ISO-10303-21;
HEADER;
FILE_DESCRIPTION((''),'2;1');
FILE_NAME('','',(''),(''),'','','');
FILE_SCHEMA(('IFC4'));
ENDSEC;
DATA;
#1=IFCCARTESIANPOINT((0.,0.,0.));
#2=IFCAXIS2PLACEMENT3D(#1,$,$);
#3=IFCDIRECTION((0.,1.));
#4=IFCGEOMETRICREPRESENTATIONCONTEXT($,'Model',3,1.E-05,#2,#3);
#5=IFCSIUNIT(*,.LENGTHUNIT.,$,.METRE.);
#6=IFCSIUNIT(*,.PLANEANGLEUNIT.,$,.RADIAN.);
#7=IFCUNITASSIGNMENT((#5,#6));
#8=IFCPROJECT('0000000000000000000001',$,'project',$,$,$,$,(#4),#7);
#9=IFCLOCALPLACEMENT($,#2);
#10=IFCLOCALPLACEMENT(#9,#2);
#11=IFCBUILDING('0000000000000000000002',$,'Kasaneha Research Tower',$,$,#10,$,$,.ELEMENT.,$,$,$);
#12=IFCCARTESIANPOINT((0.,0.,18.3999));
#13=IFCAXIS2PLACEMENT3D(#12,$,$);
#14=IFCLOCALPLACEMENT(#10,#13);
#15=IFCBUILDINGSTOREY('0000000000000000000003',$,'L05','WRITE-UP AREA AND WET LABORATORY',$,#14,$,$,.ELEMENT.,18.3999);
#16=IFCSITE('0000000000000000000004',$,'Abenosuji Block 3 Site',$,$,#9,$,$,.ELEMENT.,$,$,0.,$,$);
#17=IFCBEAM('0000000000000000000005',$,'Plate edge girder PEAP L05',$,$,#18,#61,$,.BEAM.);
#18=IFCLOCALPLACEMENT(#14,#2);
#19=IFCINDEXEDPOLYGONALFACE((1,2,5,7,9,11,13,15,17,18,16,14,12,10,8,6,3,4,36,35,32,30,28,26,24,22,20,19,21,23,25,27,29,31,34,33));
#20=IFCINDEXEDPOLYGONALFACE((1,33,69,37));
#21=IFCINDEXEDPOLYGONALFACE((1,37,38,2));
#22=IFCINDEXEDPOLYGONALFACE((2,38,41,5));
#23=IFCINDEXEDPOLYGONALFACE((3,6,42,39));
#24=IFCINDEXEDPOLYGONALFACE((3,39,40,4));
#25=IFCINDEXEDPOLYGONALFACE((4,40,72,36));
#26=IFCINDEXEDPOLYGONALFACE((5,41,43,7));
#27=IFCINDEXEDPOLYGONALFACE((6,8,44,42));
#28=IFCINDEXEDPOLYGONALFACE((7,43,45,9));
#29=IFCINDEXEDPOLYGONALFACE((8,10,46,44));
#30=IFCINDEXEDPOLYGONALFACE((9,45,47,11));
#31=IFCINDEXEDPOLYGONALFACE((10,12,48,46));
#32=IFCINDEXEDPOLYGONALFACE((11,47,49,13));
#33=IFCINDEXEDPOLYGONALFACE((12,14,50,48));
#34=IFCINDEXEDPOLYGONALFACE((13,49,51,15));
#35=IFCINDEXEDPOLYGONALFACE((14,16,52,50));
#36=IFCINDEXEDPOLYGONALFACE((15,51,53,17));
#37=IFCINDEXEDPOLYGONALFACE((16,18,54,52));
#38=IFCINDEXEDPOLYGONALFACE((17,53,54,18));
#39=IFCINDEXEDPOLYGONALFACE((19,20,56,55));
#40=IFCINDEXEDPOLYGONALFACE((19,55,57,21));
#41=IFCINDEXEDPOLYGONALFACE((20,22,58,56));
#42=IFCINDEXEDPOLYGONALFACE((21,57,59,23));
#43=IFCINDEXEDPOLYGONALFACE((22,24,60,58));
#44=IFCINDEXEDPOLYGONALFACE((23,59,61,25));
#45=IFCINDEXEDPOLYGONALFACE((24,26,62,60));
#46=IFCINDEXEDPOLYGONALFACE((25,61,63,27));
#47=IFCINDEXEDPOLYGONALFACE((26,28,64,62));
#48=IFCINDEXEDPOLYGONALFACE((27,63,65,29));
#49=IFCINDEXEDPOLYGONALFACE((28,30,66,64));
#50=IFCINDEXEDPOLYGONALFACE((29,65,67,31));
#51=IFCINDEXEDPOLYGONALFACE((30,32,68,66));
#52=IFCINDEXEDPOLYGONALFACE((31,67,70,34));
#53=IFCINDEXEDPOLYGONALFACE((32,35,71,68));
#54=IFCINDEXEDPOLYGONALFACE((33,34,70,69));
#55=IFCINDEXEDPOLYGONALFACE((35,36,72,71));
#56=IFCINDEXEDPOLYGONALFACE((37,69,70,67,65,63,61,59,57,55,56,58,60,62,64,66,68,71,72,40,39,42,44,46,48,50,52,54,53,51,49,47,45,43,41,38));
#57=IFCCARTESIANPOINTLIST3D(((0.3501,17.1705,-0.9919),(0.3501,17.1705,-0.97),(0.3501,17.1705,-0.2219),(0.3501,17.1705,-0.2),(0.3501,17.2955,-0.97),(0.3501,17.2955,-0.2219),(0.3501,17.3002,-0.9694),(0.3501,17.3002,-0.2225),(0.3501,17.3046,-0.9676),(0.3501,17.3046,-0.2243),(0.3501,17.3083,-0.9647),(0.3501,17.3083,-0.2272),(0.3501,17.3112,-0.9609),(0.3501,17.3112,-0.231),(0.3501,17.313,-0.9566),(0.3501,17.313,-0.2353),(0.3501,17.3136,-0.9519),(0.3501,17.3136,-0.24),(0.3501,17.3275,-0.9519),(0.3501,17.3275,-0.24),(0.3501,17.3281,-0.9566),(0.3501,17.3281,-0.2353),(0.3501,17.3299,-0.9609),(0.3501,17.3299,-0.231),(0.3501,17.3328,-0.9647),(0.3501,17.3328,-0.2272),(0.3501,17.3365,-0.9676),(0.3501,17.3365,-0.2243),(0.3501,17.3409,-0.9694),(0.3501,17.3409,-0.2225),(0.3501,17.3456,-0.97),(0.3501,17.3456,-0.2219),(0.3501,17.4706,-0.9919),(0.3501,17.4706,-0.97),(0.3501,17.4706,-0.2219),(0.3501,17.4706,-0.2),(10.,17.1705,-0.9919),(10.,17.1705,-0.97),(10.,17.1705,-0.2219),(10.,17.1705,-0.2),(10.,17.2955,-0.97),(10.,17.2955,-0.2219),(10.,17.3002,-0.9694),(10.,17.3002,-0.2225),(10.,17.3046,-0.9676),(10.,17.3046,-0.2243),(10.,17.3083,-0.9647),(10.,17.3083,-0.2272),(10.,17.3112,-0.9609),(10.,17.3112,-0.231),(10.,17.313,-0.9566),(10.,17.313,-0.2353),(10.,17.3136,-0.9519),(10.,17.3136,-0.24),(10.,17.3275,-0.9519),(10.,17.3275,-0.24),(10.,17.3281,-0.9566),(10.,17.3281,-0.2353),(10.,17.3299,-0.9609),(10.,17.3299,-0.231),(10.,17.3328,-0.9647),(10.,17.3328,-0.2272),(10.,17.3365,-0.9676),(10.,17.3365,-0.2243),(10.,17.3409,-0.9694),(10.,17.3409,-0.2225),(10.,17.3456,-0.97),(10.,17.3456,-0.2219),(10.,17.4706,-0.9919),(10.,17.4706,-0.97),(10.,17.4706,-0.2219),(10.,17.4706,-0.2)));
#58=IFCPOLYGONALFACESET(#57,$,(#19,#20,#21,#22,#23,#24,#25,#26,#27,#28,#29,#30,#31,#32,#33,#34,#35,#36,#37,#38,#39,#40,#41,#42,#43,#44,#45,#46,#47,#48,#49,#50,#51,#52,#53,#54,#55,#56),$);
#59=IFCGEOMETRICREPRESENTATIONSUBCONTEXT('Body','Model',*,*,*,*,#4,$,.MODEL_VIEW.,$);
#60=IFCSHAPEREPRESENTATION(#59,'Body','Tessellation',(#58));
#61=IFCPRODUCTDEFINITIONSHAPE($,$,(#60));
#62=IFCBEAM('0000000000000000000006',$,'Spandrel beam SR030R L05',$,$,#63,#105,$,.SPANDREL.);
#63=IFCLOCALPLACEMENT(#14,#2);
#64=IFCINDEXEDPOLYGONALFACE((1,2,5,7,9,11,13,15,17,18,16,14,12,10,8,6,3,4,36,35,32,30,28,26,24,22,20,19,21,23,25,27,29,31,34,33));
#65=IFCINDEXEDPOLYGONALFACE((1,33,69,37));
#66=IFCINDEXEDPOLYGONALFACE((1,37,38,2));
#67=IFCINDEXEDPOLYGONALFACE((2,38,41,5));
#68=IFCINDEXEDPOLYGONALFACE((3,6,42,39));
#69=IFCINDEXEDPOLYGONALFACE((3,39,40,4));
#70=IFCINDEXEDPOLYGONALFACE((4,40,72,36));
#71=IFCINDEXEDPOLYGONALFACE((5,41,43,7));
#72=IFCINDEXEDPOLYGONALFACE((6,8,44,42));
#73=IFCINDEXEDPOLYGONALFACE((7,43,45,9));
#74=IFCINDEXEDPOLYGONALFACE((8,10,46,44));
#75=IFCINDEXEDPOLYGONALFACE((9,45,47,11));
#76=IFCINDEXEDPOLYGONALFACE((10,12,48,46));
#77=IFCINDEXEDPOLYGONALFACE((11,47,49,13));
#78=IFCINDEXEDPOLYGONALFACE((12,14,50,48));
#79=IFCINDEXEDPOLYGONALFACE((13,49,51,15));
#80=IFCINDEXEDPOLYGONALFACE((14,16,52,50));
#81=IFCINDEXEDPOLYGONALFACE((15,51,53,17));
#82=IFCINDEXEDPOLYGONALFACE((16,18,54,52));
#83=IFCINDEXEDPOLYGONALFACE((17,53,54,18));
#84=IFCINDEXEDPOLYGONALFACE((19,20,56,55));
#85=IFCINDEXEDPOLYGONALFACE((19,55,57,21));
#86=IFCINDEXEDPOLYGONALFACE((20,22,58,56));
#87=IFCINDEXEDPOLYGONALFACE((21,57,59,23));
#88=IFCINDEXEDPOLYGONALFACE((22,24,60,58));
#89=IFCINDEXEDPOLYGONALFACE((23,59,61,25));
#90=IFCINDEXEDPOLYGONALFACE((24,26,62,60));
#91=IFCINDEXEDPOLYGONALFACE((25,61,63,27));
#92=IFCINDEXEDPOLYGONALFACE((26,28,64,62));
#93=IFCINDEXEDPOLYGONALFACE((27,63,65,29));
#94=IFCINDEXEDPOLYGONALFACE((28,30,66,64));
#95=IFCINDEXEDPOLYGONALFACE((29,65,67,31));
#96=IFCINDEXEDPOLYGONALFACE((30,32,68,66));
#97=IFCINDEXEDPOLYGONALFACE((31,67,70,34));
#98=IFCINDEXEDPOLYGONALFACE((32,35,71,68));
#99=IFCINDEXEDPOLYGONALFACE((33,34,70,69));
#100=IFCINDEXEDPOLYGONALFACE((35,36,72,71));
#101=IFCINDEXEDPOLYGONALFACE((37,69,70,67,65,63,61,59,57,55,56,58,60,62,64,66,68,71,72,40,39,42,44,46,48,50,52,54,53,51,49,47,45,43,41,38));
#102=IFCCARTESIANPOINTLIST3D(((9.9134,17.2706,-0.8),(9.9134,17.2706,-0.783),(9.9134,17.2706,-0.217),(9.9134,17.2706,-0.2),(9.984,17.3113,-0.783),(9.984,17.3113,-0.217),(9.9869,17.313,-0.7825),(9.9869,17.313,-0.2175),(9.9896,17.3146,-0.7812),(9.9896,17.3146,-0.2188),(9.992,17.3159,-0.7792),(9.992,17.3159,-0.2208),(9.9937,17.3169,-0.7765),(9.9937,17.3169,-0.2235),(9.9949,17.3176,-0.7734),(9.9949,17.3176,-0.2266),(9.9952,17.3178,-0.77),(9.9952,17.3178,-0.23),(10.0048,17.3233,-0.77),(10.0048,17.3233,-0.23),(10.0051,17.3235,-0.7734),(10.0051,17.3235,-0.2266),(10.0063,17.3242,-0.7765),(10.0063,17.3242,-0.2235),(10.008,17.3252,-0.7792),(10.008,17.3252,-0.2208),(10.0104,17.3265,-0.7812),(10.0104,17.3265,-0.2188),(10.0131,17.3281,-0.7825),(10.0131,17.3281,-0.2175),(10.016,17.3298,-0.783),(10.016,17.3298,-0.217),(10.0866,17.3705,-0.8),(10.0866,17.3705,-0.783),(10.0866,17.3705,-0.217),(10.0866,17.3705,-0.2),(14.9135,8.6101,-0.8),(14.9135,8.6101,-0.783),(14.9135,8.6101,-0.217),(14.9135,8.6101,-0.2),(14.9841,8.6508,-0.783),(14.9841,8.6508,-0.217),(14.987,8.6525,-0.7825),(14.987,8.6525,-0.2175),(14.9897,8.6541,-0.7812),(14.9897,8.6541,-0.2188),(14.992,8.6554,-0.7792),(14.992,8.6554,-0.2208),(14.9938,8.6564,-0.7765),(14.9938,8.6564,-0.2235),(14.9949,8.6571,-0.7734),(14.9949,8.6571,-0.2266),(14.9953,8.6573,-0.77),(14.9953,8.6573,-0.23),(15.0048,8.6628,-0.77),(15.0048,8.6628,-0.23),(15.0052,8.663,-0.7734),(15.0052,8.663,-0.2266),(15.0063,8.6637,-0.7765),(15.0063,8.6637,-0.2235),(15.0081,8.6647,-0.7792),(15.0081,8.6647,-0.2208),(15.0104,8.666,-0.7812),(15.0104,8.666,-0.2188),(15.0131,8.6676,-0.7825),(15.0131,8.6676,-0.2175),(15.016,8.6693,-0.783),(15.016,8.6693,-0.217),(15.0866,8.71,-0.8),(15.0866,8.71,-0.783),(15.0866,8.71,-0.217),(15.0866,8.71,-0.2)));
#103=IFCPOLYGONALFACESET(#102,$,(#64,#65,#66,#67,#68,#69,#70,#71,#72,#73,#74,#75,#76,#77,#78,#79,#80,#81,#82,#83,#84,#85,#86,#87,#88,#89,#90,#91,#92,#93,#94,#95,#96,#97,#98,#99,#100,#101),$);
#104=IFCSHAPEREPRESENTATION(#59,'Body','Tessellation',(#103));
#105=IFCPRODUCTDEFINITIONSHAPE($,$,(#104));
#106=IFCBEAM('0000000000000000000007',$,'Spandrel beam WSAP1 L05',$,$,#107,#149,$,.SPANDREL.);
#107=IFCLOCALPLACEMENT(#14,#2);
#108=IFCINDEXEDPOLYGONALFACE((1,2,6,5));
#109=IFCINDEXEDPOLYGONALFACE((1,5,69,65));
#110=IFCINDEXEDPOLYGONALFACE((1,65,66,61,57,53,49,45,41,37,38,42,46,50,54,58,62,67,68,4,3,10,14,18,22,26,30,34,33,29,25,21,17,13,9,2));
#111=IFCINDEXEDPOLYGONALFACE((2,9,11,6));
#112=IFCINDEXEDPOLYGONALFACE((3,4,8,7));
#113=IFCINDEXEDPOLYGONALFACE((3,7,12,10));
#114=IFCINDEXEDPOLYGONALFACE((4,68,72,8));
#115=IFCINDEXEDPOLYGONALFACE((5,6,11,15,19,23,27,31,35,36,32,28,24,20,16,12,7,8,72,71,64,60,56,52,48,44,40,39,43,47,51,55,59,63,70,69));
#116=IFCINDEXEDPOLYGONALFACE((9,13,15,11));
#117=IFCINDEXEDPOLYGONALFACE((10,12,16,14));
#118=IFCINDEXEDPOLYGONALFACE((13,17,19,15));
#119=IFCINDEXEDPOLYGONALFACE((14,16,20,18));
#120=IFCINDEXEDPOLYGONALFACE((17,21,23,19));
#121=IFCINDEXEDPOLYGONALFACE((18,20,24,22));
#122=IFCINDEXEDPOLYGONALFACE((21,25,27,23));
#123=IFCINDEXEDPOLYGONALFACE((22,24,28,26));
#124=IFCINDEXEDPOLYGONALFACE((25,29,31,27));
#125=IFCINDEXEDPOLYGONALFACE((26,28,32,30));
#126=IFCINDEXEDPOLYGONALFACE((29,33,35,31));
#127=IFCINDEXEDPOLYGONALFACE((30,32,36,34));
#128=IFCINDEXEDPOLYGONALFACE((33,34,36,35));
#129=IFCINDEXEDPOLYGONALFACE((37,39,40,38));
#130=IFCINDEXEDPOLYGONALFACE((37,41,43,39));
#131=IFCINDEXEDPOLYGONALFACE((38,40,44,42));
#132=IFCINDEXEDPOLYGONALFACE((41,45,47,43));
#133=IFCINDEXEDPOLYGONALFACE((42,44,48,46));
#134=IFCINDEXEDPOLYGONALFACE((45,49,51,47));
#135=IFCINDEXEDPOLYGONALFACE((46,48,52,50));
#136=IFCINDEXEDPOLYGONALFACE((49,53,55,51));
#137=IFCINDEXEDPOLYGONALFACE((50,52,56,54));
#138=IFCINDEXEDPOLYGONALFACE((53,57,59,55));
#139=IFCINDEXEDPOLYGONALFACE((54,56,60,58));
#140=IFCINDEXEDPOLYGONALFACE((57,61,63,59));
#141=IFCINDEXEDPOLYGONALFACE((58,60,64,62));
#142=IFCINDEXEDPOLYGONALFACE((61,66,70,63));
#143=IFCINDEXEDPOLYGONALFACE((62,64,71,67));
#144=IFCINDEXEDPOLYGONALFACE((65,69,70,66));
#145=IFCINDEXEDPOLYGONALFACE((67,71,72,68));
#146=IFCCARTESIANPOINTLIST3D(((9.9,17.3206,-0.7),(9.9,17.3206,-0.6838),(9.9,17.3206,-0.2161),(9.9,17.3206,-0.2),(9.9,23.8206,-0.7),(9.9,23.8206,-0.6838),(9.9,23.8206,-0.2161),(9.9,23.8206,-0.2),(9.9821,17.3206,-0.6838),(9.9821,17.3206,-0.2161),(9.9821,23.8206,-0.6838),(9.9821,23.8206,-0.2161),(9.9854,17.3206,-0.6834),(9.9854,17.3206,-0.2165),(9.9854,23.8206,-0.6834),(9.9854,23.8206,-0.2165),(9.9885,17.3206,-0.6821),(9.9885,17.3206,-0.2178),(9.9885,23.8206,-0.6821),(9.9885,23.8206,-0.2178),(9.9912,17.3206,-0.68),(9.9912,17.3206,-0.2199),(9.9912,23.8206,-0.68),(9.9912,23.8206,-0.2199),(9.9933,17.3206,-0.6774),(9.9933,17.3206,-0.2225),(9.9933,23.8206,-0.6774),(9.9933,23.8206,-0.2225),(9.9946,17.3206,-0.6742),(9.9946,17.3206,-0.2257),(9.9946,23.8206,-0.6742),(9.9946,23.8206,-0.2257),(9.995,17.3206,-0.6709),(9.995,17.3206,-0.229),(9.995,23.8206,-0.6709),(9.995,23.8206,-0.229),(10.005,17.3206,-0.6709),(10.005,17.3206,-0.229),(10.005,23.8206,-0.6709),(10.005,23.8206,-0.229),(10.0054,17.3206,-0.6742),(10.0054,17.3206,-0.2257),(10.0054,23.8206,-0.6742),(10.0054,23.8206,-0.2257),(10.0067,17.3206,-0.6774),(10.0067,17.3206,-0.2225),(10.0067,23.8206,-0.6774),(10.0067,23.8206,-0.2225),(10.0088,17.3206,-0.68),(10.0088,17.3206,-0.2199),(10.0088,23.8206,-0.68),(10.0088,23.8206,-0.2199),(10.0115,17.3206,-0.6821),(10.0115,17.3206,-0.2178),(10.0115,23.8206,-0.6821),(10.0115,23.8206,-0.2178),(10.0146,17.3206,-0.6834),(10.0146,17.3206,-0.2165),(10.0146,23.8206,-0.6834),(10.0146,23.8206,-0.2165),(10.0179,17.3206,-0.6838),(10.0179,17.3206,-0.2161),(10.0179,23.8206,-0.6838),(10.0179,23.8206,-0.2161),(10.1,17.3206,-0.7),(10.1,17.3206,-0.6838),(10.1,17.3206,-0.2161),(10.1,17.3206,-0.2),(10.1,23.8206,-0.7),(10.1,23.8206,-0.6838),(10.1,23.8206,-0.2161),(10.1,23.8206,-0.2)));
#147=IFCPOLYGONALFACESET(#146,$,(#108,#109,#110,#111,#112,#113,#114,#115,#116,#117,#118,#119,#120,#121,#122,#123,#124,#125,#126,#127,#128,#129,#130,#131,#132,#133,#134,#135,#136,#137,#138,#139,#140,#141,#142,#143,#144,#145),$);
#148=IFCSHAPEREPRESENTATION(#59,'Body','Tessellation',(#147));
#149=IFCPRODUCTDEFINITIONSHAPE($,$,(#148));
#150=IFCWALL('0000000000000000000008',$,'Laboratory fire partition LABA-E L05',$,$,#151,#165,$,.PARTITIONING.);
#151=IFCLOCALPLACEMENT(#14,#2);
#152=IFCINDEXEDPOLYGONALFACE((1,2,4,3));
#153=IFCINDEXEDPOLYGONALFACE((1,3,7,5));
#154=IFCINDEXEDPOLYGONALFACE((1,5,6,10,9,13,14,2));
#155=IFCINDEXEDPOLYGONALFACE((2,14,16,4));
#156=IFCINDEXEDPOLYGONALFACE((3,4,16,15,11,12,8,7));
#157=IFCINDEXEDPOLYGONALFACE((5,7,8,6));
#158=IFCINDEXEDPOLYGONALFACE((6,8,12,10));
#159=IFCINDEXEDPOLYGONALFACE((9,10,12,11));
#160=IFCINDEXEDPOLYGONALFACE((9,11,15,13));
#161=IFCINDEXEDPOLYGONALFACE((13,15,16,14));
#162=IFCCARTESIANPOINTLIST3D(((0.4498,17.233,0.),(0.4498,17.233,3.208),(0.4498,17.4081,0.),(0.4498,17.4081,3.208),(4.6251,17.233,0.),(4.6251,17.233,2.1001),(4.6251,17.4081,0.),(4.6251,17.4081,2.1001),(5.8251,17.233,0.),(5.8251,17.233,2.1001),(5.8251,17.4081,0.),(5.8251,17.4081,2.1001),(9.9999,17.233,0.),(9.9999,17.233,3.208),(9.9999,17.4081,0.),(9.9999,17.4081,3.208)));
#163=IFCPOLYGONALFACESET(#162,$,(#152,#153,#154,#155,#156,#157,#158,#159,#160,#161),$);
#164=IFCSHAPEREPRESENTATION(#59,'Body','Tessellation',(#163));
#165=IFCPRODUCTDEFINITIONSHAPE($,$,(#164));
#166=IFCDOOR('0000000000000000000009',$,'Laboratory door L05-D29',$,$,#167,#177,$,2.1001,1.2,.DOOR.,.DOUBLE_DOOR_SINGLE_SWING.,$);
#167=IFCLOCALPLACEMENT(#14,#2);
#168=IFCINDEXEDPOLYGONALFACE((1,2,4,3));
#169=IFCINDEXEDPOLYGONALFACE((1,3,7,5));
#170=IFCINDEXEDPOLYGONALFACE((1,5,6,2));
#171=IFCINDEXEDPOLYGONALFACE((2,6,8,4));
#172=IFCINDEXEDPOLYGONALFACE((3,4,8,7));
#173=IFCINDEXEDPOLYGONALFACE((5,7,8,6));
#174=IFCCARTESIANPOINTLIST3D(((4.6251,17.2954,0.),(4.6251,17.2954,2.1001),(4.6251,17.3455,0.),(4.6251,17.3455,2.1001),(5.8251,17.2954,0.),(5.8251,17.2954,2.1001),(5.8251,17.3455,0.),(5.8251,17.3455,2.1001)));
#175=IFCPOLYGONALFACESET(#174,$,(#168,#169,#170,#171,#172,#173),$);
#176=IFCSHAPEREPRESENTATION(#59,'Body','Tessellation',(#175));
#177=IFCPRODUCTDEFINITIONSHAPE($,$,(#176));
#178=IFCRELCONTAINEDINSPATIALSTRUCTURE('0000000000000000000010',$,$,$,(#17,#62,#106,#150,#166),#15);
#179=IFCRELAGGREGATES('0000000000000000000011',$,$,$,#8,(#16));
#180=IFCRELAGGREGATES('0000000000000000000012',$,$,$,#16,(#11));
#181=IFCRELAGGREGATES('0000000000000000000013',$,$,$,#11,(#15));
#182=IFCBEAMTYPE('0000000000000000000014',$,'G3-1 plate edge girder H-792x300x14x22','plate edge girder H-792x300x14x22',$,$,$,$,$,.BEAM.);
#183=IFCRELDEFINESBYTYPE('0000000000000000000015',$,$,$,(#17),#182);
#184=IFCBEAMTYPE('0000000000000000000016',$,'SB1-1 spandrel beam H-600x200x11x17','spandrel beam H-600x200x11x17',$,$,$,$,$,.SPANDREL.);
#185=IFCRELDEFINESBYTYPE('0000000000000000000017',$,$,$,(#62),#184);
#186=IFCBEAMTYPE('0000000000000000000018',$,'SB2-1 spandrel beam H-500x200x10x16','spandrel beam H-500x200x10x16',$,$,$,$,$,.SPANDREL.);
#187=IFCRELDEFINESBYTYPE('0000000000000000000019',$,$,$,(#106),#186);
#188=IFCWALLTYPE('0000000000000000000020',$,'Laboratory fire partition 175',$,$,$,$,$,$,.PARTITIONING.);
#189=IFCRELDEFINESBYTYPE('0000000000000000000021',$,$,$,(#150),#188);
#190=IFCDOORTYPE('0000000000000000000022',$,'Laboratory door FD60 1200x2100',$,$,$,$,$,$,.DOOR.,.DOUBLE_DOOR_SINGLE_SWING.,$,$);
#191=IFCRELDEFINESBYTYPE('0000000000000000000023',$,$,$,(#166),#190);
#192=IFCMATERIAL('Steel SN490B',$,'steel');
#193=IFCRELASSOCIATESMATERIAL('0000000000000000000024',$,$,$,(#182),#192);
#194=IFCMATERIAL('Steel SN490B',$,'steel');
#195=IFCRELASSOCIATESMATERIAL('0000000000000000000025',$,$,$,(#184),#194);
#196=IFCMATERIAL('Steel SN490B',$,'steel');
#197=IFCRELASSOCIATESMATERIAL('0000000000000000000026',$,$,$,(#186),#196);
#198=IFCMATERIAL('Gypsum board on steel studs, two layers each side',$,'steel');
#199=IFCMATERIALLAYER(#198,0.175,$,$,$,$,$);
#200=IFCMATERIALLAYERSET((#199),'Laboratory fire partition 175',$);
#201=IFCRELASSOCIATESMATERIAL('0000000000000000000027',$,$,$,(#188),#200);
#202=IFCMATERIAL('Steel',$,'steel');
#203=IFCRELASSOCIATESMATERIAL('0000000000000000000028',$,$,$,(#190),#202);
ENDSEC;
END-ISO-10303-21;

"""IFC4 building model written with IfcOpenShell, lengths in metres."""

from ifc_helpers import new_model, si_unit, direction, frame, frame_2d, origin, origin_2d, place, context, subcontext, project, spatial, rectangle, i_section, extrude, material, layer, layer_set, material_profile, profile_set, type_object, element, fill, save


model = new_model("IFC4")

# Units and contexts
model_context = context("Model", 3, precision=1e-05, world=origin(), true_north=direction((0.0, 1.0)))
body_context = subcontext(model_context, "Body", "Model", "MODEL_VIEW")
ifc_project = project(units=[si_unit("LENGTHUNIT", "METRE"), si_unit("PLANEANGLEUNIT", "RADIAN")], contexts=[model_context])

# Site, building, storey
site_placement = place(None, origin())
site = spatial("IfcSite", under=ifc_project, at=site_placement, Name="Abenosuji Block 3 Site", CompositionType="ELEMENT", RefElevation=0.0)
building_placement = place(site_placement, origin())
building = spatial("IfcBuilding", under=site, at=building_placement, Name="Kasaneha Research Tower", CompositionType="ELEMENT")
storey_placement = place(building_placement, frame((0.0, 0.0, 18.3999)))
storey = spatial("IfcBuildingStorey", under=building, at=storey_placement, Name="L05", Description="WRITE-UP AREA AND WET LABORATORY", CompositionType="ELEMENT", Elevation=18.3999)

# Beams
ifc_material_1 = material(Name="Steel SN490B", Category="steel")
ifc_material_profile_1 = material_profile(ifc_material_1, i_section(OverallWidth=0.3, OverallDepth=0.792, WebThickness=0.0139, FlangeThickness=0.022, FilletRadius=0.0181, at=origin_2d()), Name="H-792x300x14x22")
ifc_profile_set_1 = profile_set([ifc_material_profile_1], Name="Steel SN490B")
beam_type_1 = type_object("IfcBeamType", Name="G3-1 plate edge girder H-792x300x14x22", Description="plate edge girder H-792x300x14x22", PredefinedType="BEAM", material=ifc_profile_set_1)
beam_1_placement = place(storey_placement, frame((10.0, 17.3206, -0.5959), z_axis=(-1.0, 0.0, 0.0), x_axis=(0.0, -1.0, 0.0)))
element("IfcBeam", 1, at=beam_1_placement, inside=storey, type_object=beam_type_1, Name="Plate edge girder PEAP L05", PredefinedType="BEAM", context=body_context, shape_type="SweptSolid", body=[
    extrude(i_section(OverallWidth=0.3, OverallDepth=0.792, WebThickness=0.0139, FlangeThickness=0.022, FilletRadius=0.0181, at=origin_2d()), origin(), (0.0, 0.0, 1.0), 9.6499),
])
ifc_material_2 = material(Name="Steel SN490B", Category="steel")
ifc_material_profile_2 = material_profile(ifc_material_2, i_section(OverallWidth=0.2, OverallDepth=0.6001, WebThickness=0.011, FlangeThickness=0.0171, FilletRadius=0.0129, at=origin_2d()), Name="H-600x200x11x17")
ifc_profile_set_2 = profile_set([ifc_material_profile_2], Name="Steel SN490B")
beam_type_2 = type_object("IfcBeamType", Name="SB1-1 spandrel beam H-600x200x11x17", Description="spandrel beam H-600x200x11x17", PredefinedType="SPANDREL", material=ifc_profile_set_2)
beam_2_placement = place(storey_placement, frame((10.0, 17.3206, -0.5), z_axis=(0.499994, -0.866029, 0.0), x_axis=(0.866029, 0.499994, 0.0)))
element("IfcBeam", 2, at=beam_2_placement, inside=storey, type_object=beam_type_2, Name="Spandrel beam SR030R L05", PredefinedType="SPANDREL", context=body_context, shape_type="SweptSolid", body=[
    extrude(i_section(OverallWidth=0.2, OverallDepth=0.6001, WebThickness=0.011, FlangeThickness=0.0171, FilletRadius=0.0129, at=origin_2d()), origin(), (0.0, 0.0, 1.0), 10.0002),
])
ifc_material_3 = material(Name="Steel SN490B", Category="steel")
ifc_material_profile_3 = material_profile(ifc_material_3, i_section(OverallWidth=0.2, OverallDepth=0.5, WebThickness=0.01, FlangeThickness=0.0161, FilletRadius=0.0129, at=origin_2d()), Name="H-500x200x10x16")
ifc_profile_set_3 = profile_set([ifc_material_profile_3], Name="Steel SN490B")
beam_type_3 = type_object("IfcBeamType", Name="SB2-1 spandrel beam H-500x200x10x16", Description="spandrel beam H-500x200x10x16", PredefinedType="SPANDREL", material=ifc_profile_set_3)
beam_3_placement = place(storey_placement, frame((10.0, 17.3206, -0.45), z_axis=(0.0, 1.0, 0.0), x_axis=(-1.0, 0.0, 0.0)))
element("IfcBeam", 3, at=beam_3_placement, inside=storey, type_object=beam_type_3, Name="Spandrel beam WSAP1 L05", PredefinedType="SPANDREL", context=body_context, shape_type="SweptSolid", body=[
    extrude(i_section(OverallWidth=0.2, OverallDepth=0.5, WebThickness=0.01, FlangeThickness=0.0161, FilletRadius=0.0129, at=origin_2d()), origin(), (0.0, 0.0, 1.0), 6.5),
])

# Wall, opening, door
ifc_material_4 = material(Name="Gypsum board on steel studs, two layers each side", Category="steel")
ifc_layer_1 = layer(ifc_material_4, 0.175)
ifc_layer_set_1 = layer_set([ifc_layer_1], Name="Laboratory fire partition 175")
wall_type_1 = type_object("IfcWallType", Name="Laboratory fire partition 175", PredefinedType="PARTITIONING", material=ifc_layer_set_1)
wall_1_placement = place(storey_placement, frame((0.45, 17.3206, 0.0), z_axis=(0.0, 0.0, 1.0), x_axis=(1.0, 0.0, 0.0)))
wall_1 = element("IfcWall", 4, at=wall_1_placement, inside=storey, type_object=wall_type_1, Name="Laboratory fire partition LABA-E L05", PredefinedType="PARTITIONING", context=body_context, shape_type="SweptSolid", body=[
    extrude(rectangle(XDim=9.55, YDim=0.175, at=frame_2d((4.7749, 0.0))), origin(), (0.0, 0.0, 1.0), 3.208),
])
opening_1_placement = place(wall_1_placement, frame((4.175, 0.0, 0.0)))
opening_1 = element("IfcOpeningElement", 5, at=opening_1_placement, cuts=wall_1, PredefinedType="OPENING", context=body_context, shape_type="SweptSolid", body=[
    extrude(rectangle(XDim=1.2, YDim=2.1001, at=frame_2d((0.6001, 1.05))), frame((0.0, 0.0977, 0.0), z_axis=(0.0, -1.0, 0.0), x_axis=(1.0, 0.0, 0.0)), (0.0, 0.0, 1.0), 0.1951),
])
ifc_material_5 = material(Name="Steel", Category="steel")
door_type_1 = type_object("IfcDoorType", Name="Laboratory door FD60 1200x2100", OperationType="DOUBLE_DOOR_SINGLE_SWING", PredefinedType="DOOR", material=ifc_material_5)
door_1_placement = place(opening_1_placement, origin())
door_1 = element("IfcDoor", 6, at=door_1_placement, inside=storey, type_object=door_type_1, Name="Laboratory door L05-D29", OperationType="DOUBLE_DOOR_SINGLE_SWING", OverallHeight=2.1001, OverallWidth=1.2, PredefinedType="DOOR", context=body_context, shape_type="SweptSolid", body=[
    extrude(rectangle(XDim=1.2, YDim=2.1001, at=frame_2d((0.6001, 1.05))), frame((0.0, 0.0249, 0.0), z_axis=(0.0, -1.0, 0.0), x_axis=(1.0, 0.0, 0.0)), (0.0, 0.0, 1.0), 0.05),
])
fill(opening_1, door_1)

save(model, "model.ifc")
